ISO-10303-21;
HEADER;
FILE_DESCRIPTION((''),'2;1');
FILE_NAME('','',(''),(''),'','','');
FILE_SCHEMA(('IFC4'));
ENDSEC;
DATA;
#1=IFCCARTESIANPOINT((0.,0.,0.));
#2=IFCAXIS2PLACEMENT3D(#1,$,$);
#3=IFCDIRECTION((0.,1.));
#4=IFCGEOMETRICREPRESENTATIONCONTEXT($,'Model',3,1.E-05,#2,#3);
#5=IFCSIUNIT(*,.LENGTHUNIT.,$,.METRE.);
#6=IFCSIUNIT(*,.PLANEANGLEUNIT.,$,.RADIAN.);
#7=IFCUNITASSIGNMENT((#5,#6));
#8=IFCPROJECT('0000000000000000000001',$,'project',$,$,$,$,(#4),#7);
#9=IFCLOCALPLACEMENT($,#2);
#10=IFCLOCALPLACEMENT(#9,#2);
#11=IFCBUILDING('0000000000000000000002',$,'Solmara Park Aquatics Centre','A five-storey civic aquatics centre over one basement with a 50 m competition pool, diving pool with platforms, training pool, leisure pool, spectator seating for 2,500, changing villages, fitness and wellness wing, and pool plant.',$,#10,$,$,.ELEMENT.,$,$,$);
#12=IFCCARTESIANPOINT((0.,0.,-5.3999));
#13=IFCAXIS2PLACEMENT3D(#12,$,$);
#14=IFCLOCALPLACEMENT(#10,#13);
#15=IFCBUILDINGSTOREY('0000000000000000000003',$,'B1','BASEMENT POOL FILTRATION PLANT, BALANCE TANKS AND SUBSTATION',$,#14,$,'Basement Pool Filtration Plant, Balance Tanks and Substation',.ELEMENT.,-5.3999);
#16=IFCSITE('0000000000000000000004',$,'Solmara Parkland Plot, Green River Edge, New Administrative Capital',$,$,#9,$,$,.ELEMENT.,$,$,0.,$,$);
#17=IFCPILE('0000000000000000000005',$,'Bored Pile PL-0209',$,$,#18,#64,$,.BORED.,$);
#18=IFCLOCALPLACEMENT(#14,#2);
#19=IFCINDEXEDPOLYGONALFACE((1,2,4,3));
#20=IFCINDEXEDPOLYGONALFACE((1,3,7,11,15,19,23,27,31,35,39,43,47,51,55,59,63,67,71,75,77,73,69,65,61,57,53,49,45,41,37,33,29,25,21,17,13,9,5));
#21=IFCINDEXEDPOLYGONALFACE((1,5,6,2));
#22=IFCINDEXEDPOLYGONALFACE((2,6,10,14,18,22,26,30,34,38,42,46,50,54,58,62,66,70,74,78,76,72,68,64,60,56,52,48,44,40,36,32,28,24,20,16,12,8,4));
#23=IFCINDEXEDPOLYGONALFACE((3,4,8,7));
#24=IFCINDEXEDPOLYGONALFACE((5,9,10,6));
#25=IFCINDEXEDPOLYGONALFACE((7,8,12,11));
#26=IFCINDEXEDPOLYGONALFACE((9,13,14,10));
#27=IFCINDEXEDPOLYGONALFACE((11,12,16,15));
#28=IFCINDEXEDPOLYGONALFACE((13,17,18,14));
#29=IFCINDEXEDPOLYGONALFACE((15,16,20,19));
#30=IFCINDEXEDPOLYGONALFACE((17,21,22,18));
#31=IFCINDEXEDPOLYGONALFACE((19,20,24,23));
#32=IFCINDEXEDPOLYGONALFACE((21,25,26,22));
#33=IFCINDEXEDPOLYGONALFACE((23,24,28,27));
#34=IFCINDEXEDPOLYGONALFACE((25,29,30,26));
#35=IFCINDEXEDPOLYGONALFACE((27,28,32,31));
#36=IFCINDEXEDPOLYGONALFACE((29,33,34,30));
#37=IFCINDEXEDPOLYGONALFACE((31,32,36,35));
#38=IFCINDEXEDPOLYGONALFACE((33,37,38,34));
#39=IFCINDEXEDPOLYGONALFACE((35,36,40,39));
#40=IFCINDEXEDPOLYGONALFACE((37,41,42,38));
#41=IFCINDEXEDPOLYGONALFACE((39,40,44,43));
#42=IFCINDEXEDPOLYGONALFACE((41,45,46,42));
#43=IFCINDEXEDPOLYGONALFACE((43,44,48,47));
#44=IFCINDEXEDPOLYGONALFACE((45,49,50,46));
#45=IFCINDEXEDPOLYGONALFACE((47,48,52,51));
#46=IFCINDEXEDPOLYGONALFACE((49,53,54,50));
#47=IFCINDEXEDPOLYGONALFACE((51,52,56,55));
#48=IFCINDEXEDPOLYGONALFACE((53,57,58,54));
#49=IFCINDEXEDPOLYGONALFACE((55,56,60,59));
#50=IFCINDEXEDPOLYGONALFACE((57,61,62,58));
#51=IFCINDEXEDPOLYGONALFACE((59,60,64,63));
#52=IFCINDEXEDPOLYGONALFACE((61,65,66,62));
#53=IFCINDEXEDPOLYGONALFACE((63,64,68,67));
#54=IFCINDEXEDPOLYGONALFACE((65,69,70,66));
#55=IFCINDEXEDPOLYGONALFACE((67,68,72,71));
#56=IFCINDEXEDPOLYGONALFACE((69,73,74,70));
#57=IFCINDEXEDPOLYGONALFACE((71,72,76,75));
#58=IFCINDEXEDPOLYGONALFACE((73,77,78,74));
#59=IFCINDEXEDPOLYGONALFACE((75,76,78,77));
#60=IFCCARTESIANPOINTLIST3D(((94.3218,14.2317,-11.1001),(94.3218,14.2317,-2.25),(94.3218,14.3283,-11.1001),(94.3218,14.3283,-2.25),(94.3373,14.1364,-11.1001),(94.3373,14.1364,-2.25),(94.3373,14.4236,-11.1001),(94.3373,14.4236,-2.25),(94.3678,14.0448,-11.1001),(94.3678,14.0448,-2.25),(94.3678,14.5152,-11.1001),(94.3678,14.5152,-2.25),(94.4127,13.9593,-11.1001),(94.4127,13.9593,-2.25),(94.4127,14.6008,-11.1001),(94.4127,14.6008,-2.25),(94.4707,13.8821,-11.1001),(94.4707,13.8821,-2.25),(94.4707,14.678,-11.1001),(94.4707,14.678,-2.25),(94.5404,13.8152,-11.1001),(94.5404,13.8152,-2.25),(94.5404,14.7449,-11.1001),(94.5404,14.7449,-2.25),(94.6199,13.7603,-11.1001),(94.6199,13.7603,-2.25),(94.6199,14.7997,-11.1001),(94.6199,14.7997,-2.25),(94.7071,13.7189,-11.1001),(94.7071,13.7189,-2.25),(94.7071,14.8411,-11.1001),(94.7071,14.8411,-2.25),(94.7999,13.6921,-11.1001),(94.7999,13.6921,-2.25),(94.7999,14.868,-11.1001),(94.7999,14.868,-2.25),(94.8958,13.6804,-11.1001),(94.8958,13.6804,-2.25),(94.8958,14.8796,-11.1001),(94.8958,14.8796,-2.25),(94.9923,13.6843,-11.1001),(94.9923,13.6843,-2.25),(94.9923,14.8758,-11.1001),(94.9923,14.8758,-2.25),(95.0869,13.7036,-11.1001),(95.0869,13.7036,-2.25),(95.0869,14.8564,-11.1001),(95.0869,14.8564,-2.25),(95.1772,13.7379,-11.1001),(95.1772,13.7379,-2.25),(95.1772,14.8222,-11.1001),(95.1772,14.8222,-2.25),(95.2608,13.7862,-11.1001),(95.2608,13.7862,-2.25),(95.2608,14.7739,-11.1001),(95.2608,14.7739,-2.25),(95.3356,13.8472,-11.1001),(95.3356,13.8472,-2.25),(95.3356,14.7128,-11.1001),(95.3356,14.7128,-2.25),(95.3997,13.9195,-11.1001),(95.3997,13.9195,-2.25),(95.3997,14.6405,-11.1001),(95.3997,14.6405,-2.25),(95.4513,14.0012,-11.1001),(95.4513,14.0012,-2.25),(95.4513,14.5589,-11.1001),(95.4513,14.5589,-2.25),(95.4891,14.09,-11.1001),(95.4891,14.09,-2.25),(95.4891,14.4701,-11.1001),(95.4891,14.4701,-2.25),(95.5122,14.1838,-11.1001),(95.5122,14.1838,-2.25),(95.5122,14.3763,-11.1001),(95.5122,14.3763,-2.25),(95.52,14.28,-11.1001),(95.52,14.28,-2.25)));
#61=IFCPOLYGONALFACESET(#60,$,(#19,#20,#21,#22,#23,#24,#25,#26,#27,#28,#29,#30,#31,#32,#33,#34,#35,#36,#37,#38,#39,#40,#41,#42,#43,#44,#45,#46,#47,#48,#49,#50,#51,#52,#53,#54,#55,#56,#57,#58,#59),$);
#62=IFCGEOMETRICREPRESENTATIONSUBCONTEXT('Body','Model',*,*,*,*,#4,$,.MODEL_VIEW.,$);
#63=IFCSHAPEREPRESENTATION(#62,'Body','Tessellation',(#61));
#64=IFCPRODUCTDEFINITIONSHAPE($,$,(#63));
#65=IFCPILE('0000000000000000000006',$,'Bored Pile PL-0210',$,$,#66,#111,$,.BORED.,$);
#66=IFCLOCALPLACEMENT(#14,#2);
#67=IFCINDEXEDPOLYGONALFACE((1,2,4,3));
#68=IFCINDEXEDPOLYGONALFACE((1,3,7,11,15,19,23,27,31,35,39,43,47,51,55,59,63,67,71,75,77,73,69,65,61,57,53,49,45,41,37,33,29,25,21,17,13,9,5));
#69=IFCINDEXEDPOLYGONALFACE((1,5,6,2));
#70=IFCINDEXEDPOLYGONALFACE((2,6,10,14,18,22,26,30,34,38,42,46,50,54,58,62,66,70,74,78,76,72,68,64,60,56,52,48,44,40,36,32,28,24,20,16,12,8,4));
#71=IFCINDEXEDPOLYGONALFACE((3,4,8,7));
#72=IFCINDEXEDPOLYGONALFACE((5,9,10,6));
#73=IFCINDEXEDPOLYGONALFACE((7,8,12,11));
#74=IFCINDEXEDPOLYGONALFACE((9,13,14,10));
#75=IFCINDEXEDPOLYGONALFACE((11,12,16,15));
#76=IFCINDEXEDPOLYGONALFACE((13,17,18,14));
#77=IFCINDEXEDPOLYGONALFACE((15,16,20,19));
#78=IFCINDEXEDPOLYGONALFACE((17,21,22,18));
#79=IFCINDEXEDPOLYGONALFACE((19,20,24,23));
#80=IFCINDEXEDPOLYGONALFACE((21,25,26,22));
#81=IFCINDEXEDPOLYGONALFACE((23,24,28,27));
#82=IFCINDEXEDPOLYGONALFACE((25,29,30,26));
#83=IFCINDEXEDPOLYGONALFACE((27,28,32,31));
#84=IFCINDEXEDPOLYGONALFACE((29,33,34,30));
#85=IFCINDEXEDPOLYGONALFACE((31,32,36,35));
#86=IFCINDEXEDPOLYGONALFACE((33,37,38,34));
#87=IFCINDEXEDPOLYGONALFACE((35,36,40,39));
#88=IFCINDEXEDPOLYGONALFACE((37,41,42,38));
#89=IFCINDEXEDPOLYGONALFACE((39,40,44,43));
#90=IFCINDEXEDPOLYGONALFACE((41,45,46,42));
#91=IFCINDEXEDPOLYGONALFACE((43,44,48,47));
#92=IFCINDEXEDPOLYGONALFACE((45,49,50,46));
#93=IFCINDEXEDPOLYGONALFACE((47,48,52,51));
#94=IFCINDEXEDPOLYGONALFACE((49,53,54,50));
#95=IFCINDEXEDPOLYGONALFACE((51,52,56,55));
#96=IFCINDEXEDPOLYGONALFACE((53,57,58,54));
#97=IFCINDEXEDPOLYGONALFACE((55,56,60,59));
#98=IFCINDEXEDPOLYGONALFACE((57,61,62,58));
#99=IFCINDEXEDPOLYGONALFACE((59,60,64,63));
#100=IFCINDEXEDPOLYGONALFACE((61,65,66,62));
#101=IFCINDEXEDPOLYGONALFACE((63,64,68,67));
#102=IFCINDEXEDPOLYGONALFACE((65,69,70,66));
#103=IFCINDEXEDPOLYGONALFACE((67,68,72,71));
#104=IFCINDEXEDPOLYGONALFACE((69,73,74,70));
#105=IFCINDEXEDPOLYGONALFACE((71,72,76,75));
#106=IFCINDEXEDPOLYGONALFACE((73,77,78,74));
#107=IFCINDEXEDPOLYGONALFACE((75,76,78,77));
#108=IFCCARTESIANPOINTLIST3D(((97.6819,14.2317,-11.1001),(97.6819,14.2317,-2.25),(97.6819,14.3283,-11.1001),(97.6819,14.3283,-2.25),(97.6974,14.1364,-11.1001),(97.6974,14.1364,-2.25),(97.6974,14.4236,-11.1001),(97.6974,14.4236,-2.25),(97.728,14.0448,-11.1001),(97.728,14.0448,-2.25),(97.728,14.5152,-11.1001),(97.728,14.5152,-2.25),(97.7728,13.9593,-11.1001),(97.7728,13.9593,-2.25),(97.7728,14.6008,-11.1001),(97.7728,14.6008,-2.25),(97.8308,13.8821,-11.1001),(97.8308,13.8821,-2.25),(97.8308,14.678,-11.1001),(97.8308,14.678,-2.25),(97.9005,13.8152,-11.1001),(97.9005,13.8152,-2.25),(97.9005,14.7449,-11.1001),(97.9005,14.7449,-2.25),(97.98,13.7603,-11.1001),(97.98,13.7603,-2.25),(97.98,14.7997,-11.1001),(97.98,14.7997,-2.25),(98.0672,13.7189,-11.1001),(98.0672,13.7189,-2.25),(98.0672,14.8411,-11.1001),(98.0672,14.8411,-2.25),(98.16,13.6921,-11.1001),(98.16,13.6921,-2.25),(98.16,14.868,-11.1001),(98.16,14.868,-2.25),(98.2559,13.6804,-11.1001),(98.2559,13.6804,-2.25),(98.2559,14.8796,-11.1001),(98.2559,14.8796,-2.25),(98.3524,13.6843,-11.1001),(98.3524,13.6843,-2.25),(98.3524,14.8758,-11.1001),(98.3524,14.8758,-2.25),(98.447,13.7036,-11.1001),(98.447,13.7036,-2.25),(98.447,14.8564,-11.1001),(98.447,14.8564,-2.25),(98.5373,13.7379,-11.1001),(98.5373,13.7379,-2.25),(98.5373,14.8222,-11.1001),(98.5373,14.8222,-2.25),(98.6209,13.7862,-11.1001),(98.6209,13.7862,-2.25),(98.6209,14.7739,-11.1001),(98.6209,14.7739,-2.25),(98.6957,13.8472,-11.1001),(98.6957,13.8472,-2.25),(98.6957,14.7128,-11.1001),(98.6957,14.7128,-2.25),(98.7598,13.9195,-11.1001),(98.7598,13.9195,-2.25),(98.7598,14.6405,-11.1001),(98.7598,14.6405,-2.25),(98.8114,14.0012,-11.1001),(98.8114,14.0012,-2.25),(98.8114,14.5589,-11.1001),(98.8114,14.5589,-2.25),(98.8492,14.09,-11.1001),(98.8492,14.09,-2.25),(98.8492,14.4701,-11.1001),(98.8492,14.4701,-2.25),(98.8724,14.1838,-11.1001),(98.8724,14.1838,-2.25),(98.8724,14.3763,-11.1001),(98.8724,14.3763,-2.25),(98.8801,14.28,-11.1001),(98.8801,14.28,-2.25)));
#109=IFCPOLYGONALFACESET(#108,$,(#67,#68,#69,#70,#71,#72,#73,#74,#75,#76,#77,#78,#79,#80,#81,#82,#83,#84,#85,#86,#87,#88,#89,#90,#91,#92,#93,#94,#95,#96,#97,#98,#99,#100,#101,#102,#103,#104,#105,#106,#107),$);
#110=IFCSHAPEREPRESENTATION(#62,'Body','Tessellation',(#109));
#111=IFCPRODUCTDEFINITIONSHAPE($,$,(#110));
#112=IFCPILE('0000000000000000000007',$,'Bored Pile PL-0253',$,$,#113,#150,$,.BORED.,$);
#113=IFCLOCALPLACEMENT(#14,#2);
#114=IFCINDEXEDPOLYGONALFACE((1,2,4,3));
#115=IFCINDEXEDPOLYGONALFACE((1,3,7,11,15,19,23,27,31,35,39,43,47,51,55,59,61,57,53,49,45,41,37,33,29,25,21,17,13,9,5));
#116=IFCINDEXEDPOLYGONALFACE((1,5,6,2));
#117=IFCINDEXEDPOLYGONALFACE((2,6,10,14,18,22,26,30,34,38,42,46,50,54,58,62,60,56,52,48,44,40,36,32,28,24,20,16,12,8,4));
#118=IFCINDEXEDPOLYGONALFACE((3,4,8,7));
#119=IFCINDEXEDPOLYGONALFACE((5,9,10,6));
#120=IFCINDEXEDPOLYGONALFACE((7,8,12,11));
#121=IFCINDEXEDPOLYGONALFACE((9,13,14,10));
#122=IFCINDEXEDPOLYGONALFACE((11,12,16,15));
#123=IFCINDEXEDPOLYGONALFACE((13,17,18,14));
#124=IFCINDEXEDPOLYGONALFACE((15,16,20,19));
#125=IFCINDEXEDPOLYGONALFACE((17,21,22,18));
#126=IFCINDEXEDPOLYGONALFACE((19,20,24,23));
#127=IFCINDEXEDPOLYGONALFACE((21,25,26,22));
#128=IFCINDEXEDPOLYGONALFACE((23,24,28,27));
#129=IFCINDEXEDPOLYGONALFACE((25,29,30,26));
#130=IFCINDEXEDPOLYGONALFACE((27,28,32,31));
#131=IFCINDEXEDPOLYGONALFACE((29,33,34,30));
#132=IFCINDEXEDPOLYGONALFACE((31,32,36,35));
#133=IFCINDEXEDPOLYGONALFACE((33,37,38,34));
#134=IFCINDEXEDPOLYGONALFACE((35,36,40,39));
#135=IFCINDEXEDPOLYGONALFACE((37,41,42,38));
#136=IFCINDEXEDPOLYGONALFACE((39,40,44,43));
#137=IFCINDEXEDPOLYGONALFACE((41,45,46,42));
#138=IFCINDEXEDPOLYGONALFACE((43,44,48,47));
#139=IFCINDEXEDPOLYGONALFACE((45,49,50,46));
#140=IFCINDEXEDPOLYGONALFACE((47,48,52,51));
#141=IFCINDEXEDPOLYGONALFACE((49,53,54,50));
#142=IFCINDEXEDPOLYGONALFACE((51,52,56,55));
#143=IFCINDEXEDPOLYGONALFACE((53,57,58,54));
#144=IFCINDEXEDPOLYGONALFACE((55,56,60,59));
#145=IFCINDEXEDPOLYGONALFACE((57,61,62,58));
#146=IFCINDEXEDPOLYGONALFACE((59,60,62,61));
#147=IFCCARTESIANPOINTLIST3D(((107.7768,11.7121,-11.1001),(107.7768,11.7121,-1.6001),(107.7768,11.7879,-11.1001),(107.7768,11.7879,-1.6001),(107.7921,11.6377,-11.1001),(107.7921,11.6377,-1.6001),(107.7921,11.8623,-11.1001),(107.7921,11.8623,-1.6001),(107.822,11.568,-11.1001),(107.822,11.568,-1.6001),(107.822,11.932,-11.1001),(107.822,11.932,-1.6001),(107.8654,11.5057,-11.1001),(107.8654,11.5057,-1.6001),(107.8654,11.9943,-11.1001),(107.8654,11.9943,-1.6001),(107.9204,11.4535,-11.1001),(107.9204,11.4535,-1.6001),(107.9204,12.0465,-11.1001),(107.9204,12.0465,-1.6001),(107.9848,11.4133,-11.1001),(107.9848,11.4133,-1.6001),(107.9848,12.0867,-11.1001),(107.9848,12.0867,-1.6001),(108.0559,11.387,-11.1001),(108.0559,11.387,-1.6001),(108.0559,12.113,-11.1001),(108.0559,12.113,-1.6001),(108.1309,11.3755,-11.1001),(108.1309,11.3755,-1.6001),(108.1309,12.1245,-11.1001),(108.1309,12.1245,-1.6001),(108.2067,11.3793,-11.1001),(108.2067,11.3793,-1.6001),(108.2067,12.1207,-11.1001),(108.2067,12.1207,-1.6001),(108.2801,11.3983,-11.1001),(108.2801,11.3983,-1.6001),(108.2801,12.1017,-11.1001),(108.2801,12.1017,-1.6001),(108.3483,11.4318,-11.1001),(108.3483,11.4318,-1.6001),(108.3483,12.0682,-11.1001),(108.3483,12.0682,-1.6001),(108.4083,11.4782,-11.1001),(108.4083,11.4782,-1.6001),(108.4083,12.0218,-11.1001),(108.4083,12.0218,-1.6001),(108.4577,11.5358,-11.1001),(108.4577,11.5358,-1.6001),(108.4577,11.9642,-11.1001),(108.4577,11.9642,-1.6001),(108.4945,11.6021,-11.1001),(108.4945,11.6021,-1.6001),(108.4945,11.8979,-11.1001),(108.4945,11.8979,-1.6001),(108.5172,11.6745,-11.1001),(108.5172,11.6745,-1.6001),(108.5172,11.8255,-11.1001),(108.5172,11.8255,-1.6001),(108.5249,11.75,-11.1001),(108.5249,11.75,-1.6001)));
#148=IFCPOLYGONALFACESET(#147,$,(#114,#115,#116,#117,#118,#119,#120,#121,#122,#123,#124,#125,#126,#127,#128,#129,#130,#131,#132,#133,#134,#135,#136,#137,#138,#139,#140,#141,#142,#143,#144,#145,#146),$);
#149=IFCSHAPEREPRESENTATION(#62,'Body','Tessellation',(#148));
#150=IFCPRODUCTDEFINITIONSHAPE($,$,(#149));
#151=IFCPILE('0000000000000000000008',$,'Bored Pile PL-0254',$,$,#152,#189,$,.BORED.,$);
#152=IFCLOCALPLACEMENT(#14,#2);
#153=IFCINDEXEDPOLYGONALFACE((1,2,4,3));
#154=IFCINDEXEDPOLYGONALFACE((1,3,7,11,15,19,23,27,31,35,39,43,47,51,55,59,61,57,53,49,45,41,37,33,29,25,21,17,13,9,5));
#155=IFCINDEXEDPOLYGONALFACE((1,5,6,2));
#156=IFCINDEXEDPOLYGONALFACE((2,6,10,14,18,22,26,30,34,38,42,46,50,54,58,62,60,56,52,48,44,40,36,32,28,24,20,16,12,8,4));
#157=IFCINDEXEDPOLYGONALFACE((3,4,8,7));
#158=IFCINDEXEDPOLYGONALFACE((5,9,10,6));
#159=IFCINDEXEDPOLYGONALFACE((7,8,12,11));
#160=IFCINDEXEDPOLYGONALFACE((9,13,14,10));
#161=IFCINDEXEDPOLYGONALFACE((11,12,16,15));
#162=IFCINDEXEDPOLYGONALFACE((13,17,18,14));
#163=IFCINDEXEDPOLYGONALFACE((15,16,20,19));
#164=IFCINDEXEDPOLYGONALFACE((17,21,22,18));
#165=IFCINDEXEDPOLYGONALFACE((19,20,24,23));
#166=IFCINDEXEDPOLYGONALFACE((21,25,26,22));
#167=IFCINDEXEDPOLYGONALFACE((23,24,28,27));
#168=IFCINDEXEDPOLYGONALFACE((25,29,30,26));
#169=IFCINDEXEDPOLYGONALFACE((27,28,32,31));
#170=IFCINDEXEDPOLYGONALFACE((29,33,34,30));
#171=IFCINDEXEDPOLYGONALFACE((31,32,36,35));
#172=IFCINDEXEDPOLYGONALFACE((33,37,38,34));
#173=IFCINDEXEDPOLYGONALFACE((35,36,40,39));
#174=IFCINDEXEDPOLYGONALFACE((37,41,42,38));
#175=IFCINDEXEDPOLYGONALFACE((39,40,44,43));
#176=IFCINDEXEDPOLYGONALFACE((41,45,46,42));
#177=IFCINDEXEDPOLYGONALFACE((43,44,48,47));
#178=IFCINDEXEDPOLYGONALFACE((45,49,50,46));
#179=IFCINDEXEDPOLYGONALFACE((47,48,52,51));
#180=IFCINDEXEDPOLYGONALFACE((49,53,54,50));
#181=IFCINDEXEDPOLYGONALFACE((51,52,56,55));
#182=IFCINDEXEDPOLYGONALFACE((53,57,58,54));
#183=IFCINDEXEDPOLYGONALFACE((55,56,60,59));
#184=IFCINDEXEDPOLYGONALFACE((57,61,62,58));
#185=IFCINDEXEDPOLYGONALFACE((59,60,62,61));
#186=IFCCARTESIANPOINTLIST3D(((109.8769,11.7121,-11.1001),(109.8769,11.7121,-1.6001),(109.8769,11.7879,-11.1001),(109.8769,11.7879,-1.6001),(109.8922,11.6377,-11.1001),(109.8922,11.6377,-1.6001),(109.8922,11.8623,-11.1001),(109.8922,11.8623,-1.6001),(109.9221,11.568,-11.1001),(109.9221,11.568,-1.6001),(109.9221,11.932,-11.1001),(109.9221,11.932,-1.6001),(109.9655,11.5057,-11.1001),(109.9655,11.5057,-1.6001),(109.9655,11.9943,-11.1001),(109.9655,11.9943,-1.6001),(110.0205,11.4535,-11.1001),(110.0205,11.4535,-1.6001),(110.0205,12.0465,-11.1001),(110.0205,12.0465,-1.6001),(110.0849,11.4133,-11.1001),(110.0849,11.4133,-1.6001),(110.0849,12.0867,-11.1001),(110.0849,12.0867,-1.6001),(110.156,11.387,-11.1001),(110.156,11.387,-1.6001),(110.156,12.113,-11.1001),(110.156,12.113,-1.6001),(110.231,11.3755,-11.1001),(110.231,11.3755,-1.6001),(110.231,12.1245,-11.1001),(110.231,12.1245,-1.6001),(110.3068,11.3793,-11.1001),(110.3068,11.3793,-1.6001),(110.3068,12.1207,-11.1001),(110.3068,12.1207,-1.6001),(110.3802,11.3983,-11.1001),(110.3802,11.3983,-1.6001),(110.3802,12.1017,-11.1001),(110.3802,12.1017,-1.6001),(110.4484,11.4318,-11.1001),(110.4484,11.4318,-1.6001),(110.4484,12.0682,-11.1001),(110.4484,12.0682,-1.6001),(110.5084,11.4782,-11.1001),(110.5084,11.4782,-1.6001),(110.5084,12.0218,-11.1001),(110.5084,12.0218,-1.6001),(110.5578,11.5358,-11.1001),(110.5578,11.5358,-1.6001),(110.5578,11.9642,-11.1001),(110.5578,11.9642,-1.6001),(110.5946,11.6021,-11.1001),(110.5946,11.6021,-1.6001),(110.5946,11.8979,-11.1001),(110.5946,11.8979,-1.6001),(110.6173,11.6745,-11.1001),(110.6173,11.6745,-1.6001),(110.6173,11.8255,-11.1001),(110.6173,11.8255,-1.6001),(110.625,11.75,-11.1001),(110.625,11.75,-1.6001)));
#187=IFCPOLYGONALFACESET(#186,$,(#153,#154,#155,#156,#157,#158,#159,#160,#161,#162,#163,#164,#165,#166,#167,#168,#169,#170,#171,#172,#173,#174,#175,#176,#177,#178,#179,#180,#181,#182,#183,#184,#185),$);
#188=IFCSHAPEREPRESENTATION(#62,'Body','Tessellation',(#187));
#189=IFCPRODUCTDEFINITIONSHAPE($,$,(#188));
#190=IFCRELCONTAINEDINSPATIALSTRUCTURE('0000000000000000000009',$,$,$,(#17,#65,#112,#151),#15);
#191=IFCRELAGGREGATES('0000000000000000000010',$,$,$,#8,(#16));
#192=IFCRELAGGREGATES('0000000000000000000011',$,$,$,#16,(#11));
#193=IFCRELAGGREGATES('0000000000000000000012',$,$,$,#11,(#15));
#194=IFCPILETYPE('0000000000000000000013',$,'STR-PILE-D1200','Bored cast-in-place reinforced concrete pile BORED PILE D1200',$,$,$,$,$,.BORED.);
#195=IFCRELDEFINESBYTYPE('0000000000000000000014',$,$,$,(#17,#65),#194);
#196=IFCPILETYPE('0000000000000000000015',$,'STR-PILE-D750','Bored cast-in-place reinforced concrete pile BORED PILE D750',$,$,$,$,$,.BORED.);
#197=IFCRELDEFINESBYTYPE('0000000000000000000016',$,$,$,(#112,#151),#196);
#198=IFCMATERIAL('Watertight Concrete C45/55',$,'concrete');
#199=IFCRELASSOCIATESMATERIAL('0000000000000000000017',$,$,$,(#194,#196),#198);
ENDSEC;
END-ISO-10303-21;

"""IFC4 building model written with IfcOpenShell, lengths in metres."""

from ifc_helpers import new_model, si_unit, direction, frame, origin, origin_2d, place, context, subcontext, project, spatial, circle, extrude, material, material_profile, profile_set, type_object, element, save


model = new_model("IFC4")

# Units and contexts
model_context = context("Model", 3, precision=1e-05, world=origin(), true_north=direction((0.0, 1.0)))
body_context = subcontext(model_context, "Body", "Model", "MODEL_VIEW")
ifc_project = project(units=[si_unit("LENGTHUNIT", "METRE"), si_unit("PLANEANGLEUNIT", "RADIAN")], contexts=[model_context])

# Site, building, storey
site_placement = place(None, origin())
site = spatial("IfcSite", under=ifc_project, at=site_placement, Name="Solmara Parkland Plot, Green River Edge, New Administrative Capital", CompositionType="ELEMENT", RefElevation=0.0)
building_placement = place(site_placement, origin())
building = spatial("IfcBuilding", under=site, at=building_placement, Name="Solmara Park Aquatics Centre", Description="A five-storey civic aquatics centre over one basement with a 50 m competition pool, diving pool with platforms, training pool, leisure pool, spectator seating for 2,500, changing villages, fitness and wellness wing, and pool plant.", CompositionType="ELEMENT")
storey_placement = place(building_placement, frame((0.0, 0.0, -5.3999)))
storey = spatial("IfcBuildingStorey", under=building, at=storey_placement, Name="B1", Description="BASEMENT POOL FILTRATION PLANT, BALANCE TANKS AND SUBSTATION", LongName="Basement Pool Filtration Plant, Balance Tanks and Substation", CompositionType="ELEMENT", Elevation=-5.3999)

# Shared definitions
ifc_material_1 = material(Name="Watertight Concrete C45/55", Category="concrete")

# Piles
ifc_material_profile_1 = material_profile(ifc_material_1, circle(Radius=0.6001, at=origin_2d()), Name="BORED PILE D1200")
ifc_profile_set_1 = profile_set([ifc_material_profile_1], Name="Watertight Concrete C45/55")
pile_type_1 = type_object("IfcPileType", Name="STR-PILE-D1200", Description="Bored cast-in-place reinforced concrete pile BORED PILE D1200", PredefinedType="BORED", material=ifc_profile_set_1)
for number, where, z_axis, x_axis, name in (
    (1, (94.9199, 14.28, -2.25), (0.0, 0.0, -1.0), (1.0, 0.0, 0.0), "Bored Pile PL-0209"),
    (2, (98.28, 14.28, -2.25), (0.0, 0.0, -1.0), (1.0, 0.0, 0.0), "Bored Pile PL-0210"),
):
    element("IfcPile", number, at=place(storey_placement, frame(where, z_axis=z_axis, x_axis=x_axis)), inside=storey, type_object=pile_type_1, Name=name, PredefinedType="BORED", context=body_context, shape_type="SweptSolid", body=[
        extrude(circle(Radius=0.6001, at=origin_2d()), origin(), (0.0, 0.0, 1.0), 8.8501),
    ])
ifc_material_profile_2 = material_profile(ifc_material_1, circle(Radius=0.375, at=origin_2d()), Name="BORED PILE D750")
ifc_profile_set_2 = profile_set([ifc_material_profile_2], Name="Watertight Concrete C45/55")
pile_type_2 = type_object("IfcPileType", Name="STR-PILE-D750", Description="Bored cast-in-place reinforced concrete pile BORED PILE D750", PredefinedType="BORED", material=ifc_profile_set_2)
for number, where, z_axis, x_axis, name in (
    (3, (108.1499, 11.75, -1.6001), (0.0, 0.0, -1.0), (1.0, 0.0, 0.0), "Bored Pile PL-0253"),
    (4, (110.25, 11.75, -1.6001), (0.0, 0.0, -1.0), (1.0, 0.0, 0.0), "Bored Pile PL-0254"),
):
    element("IfcPile", number, at=place(storey_placement, frame(where, z_axis=z_axis, x_axis=x_axis)), inside=storey, type_object=pile_type_2, Name=name, PredefinedType="BORED", context=body_context, shape_type="SweptSolid", body=[
        extrude(circle(Radius=0.375, at=origin_2d()), origin(), (0.0, 0.0, 1.0), 9.5),
    ])

save(model, "model.ifc")
